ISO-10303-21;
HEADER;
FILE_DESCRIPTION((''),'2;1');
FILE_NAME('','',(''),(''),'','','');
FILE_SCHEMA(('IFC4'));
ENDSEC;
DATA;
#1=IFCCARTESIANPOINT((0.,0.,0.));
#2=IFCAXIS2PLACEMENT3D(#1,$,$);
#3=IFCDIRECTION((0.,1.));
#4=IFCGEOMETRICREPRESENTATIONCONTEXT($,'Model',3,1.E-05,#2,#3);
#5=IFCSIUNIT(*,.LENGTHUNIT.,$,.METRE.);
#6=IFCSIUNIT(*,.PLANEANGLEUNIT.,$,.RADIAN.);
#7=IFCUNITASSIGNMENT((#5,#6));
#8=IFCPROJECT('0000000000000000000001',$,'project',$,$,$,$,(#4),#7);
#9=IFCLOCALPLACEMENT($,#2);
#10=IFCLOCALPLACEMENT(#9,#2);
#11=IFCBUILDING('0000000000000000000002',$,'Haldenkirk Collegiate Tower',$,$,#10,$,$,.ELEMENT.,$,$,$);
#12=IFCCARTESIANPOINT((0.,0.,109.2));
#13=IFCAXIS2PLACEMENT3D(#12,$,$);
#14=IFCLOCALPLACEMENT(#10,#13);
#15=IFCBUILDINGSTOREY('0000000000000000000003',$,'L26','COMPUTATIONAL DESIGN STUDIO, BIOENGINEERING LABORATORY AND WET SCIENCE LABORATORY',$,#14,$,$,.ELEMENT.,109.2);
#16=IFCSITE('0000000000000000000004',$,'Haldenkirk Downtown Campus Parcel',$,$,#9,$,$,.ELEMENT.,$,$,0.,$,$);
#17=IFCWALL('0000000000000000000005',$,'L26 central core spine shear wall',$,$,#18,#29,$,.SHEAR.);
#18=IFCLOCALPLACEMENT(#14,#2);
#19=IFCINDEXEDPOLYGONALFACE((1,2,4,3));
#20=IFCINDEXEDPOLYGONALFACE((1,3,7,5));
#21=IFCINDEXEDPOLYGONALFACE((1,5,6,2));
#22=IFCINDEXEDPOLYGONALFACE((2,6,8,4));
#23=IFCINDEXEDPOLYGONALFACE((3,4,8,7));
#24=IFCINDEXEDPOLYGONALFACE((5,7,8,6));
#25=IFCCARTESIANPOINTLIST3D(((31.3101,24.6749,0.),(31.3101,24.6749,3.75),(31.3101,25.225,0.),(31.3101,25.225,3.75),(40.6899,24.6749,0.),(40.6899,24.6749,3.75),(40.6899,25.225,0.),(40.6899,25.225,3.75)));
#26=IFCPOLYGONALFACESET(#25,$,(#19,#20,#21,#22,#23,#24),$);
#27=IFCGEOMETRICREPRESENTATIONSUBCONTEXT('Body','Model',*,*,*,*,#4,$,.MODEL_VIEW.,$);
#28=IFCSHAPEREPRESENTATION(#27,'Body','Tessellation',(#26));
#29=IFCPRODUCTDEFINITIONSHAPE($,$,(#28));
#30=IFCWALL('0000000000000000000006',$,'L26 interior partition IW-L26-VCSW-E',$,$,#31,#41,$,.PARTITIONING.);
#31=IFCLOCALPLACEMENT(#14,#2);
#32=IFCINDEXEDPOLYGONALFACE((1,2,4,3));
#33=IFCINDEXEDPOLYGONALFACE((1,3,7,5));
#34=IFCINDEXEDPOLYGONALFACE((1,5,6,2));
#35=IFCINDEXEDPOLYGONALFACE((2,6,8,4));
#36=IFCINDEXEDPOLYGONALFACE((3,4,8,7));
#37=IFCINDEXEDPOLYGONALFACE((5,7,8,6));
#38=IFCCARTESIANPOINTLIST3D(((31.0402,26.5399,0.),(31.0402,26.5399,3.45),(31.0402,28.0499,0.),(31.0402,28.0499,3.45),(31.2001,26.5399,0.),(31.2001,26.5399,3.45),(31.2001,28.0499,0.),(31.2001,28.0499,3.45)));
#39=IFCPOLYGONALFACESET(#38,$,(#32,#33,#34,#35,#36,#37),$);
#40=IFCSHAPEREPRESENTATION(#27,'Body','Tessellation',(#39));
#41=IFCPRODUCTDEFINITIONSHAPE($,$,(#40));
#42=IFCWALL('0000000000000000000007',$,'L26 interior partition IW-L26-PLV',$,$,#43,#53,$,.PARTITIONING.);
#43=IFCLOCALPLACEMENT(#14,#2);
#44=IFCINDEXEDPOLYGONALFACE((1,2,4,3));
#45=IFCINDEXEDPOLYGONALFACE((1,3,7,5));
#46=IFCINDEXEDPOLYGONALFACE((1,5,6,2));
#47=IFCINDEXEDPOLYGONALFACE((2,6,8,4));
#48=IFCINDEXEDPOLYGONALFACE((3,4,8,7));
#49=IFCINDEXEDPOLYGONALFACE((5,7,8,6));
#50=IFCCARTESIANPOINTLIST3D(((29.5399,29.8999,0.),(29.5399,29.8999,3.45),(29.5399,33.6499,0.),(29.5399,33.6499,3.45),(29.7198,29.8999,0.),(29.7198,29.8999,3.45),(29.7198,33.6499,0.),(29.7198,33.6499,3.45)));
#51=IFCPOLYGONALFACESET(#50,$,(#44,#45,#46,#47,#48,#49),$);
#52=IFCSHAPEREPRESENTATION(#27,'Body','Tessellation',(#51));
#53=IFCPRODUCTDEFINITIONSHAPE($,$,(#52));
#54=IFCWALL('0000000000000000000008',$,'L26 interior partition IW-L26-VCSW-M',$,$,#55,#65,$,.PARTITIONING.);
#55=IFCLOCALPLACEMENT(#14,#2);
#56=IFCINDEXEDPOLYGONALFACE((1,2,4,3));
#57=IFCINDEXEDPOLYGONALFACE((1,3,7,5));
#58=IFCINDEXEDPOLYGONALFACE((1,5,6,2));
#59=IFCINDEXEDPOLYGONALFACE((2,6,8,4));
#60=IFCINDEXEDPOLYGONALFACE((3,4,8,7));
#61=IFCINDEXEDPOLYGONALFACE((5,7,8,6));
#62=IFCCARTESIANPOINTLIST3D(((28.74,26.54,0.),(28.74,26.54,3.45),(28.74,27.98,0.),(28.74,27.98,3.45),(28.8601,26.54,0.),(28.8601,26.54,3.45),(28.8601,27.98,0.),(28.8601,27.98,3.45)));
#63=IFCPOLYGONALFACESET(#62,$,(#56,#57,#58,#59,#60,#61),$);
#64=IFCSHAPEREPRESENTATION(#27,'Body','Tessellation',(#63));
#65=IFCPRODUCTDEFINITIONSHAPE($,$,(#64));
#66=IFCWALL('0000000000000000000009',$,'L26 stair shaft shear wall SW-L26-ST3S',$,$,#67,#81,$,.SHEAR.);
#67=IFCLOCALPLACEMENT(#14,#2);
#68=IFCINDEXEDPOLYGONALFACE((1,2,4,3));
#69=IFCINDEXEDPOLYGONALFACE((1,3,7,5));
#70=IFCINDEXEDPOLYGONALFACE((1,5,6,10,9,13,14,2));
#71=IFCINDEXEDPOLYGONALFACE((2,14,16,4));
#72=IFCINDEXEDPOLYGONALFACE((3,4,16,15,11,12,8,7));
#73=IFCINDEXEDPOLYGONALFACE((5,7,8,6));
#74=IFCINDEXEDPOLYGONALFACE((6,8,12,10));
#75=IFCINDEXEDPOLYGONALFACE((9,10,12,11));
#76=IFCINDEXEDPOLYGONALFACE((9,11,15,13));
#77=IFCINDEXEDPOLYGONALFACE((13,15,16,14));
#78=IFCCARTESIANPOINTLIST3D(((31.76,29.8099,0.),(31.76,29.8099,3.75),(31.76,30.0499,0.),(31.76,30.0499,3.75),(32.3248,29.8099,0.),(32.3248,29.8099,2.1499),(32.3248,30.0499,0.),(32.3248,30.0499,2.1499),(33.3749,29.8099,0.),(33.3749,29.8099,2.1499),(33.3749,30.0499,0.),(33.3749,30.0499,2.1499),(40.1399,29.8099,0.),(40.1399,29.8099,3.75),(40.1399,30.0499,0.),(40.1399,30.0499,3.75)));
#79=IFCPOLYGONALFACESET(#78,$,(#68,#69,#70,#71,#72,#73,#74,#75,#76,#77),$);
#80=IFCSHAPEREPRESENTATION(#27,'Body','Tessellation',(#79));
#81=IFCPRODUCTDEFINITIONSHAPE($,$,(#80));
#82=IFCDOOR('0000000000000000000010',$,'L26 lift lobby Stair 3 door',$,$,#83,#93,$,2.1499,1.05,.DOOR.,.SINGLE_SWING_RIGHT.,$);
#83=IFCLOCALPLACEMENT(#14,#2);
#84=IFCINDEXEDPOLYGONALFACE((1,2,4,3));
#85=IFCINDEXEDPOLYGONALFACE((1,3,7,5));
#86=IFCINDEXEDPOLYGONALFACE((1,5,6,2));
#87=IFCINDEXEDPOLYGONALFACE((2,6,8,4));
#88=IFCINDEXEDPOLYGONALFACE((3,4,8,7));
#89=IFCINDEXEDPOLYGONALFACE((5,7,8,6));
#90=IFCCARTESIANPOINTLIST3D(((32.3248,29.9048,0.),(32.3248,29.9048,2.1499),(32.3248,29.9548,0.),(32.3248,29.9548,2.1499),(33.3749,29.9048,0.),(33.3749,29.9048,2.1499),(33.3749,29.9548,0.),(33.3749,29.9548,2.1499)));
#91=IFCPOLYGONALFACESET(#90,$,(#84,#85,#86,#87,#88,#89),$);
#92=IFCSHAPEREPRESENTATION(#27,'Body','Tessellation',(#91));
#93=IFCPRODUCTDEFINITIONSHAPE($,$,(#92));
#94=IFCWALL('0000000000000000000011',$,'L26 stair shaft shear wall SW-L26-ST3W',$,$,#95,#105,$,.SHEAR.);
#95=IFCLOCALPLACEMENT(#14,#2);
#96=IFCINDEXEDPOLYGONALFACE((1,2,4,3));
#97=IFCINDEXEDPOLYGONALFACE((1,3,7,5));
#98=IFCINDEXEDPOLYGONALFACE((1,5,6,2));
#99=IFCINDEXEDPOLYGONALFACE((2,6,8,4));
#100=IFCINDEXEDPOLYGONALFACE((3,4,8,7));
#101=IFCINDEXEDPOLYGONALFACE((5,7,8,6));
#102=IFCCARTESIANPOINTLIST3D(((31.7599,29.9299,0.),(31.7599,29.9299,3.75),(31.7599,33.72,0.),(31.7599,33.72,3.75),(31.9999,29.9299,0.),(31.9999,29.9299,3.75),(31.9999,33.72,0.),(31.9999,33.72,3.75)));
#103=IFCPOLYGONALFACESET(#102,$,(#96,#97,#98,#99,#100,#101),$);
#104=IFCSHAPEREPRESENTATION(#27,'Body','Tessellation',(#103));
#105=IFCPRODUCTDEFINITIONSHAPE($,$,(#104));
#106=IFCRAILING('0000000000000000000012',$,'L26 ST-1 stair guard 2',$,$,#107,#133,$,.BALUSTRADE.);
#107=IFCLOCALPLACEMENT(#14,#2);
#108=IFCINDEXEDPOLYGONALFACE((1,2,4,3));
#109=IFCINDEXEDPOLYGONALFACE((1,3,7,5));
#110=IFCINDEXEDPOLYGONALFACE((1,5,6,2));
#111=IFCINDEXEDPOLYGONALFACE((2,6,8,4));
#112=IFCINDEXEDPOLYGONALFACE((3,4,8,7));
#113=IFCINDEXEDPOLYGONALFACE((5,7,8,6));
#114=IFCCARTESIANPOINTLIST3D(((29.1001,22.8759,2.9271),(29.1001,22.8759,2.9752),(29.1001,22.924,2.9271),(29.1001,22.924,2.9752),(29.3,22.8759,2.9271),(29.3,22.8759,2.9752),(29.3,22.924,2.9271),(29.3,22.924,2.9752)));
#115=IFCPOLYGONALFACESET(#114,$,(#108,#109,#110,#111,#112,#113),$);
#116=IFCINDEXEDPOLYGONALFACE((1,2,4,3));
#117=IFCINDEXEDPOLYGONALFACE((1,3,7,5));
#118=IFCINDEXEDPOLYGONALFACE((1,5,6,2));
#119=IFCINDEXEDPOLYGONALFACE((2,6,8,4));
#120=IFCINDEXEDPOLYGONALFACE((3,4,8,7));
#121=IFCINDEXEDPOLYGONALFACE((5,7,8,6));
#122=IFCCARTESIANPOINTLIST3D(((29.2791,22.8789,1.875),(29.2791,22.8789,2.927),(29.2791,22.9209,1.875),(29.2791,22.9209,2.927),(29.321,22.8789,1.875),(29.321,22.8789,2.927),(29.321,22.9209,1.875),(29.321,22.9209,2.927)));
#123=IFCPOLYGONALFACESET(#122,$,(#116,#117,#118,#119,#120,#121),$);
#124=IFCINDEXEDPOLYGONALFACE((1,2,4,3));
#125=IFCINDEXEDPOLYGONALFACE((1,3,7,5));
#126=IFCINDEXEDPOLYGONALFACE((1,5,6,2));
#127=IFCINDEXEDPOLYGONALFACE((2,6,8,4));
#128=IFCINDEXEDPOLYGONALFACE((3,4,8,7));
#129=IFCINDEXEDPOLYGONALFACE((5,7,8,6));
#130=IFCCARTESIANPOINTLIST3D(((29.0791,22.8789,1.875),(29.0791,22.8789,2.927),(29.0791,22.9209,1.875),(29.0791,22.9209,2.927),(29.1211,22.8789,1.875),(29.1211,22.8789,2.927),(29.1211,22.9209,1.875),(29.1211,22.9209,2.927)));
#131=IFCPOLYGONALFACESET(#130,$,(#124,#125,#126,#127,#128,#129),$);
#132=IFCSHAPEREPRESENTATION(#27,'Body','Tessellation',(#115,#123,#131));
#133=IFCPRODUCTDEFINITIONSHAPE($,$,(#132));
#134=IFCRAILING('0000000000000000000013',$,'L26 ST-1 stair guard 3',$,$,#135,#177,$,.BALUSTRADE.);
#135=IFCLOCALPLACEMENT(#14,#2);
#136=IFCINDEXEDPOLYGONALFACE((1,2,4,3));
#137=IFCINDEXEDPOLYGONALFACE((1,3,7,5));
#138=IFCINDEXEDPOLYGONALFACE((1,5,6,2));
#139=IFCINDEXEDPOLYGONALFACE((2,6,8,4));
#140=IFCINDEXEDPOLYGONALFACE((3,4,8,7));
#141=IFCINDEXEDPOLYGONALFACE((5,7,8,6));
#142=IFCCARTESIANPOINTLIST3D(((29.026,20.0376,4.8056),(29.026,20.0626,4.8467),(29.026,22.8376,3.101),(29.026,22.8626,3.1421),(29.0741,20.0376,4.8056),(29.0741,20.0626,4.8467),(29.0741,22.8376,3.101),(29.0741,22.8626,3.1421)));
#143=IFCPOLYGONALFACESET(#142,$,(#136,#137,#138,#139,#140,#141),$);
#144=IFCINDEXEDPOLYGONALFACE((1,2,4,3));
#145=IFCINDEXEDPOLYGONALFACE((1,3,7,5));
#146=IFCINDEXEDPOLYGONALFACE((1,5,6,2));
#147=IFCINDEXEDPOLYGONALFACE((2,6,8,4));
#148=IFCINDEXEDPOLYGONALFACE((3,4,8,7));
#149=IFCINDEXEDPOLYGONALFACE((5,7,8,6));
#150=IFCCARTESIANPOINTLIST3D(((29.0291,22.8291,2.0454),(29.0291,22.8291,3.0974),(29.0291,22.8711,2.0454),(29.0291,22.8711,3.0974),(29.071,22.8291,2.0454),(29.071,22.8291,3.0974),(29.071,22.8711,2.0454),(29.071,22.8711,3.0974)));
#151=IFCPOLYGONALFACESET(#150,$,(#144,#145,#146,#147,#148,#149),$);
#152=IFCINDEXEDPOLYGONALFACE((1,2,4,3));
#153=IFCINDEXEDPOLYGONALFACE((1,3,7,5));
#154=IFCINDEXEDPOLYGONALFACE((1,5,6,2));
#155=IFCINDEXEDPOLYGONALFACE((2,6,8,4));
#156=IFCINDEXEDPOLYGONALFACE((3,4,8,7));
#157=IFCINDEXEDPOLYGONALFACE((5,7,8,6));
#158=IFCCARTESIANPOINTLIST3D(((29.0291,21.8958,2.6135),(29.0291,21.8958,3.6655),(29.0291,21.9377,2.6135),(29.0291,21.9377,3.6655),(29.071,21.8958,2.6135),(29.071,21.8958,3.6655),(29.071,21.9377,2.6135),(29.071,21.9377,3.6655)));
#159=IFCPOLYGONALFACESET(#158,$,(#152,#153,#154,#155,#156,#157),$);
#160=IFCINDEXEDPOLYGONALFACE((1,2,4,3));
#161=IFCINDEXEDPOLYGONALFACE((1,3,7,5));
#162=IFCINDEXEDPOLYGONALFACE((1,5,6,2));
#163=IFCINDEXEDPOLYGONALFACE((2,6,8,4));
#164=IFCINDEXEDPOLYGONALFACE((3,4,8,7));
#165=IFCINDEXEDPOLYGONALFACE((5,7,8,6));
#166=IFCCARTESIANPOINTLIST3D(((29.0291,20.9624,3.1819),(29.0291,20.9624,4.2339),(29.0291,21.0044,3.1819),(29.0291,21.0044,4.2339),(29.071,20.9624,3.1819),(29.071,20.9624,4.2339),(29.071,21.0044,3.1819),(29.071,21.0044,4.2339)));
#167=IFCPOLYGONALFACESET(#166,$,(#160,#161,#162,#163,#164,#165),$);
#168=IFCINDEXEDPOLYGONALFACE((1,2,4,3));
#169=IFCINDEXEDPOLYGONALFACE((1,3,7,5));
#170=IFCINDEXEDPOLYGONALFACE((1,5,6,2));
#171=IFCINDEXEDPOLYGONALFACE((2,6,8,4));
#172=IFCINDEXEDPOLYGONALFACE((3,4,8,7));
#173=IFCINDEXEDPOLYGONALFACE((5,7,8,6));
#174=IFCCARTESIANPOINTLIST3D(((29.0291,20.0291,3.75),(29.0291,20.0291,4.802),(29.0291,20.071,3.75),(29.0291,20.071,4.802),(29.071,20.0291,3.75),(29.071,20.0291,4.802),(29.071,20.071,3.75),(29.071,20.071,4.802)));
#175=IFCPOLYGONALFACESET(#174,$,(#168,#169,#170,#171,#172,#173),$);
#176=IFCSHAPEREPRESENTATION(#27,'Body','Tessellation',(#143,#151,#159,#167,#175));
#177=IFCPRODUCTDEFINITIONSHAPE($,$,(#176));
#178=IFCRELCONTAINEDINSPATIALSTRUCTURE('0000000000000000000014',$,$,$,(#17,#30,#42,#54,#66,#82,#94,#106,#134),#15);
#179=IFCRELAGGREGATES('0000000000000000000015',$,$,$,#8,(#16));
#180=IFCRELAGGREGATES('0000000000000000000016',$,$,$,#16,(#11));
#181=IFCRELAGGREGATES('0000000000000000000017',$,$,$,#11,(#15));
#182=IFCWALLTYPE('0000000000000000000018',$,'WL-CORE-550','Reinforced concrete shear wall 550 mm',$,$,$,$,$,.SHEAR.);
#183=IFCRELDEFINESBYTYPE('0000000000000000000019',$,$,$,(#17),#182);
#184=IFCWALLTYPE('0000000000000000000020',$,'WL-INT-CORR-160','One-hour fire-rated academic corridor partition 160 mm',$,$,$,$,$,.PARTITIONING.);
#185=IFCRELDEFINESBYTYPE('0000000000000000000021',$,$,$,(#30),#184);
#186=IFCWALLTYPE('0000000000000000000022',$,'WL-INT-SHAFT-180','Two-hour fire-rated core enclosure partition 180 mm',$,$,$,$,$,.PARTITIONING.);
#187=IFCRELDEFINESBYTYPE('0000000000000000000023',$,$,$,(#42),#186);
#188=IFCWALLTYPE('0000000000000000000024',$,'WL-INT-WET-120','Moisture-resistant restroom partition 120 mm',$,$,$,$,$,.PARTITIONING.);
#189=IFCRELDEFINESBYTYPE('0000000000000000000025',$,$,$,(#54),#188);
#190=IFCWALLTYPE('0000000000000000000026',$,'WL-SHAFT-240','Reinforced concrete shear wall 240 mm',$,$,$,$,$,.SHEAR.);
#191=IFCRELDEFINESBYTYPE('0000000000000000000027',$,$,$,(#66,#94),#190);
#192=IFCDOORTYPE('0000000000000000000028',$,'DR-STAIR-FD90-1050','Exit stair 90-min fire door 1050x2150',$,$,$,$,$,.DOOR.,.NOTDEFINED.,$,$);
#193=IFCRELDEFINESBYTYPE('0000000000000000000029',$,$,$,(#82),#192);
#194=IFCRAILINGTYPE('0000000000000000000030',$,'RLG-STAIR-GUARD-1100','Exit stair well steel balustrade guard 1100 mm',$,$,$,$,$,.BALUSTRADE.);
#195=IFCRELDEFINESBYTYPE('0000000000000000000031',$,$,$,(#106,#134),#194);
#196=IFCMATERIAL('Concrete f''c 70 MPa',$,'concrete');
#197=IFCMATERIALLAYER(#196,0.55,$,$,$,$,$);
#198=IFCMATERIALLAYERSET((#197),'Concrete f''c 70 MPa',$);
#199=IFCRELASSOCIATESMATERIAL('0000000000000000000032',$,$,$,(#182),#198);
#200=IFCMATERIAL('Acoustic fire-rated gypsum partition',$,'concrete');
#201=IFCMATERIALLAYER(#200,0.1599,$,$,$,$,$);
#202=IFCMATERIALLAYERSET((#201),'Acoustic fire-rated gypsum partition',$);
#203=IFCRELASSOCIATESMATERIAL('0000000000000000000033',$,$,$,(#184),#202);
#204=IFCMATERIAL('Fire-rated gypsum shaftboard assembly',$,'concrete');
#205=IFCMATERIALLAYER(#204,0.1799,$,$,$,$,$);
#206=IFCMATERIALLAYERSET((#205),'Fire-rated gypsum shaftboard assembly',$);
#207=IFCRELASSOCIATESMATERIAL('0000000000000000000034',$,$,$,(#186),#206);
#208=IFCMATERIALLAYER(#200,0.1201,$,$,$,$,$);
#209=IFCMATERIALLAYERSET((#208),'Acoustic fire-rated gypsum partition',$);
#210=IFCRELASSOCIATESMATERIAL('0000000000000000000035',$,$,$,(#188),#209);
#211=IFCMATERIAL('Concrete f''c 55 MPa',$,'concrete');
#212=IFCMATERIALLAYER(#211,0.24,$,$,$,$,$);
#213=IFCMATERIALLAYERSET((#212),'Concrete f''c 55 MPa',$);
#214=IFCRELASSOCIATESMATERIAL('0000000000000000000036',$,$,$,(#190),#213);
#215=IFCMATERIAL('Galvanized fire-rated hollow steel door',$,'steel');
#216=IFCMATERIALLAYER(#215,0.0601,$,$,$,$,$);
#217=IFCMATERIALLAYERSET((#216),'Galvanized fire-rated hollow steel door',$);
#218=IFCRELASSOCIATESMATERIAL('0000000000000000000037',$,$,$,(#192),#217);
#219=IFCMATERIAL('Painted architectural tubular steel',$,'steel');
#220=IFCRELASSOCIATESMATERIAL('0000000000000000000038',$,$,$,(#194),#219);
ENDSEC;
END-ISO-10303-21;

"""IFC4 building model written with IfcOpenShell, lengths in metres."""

from ifc_helpers import new_model, si_unit, direction, frame, frame_2d, origin, origin_2d, place, context, subcontext, project, spatial, rectangle, extrude, material, layer, layer_set, type_object, element, fill, save


model = new_model("IFC4")

# Units and contexts
model_context = context("Model", 3, precision=1e-05, world=origin(), true_north=direction((0.0, 1.0)))
body_context = subcontext(model_context, "Body", "Model", "MODEL_VIEW")
ifc_project = project(units=[si_unit("LENGTHUNIT", "METRE"), si_unit("PLANEANGLEUNIT", "RADIAN")], contexts=[model_context])

# Site, building, storey
site_placement = place(None, origin())
site = spatial("IfcSite", under=ifc_project, at=site_placement, Name="Haldenkirk Downtown Campus Parcel", CompositionType="ELEMENT", RefElevation=0.0)
building_placement = place(site_placement, origin())
building = spatial("IfcBuilding", under=site, at=building_placement, Name="Haldenkirk Collegiate Tower", CompositionType="ELEMENT")
storey_placement = place(building_placement, frame((0.0, 0.0, 109.2)))
storey = spatial("IfcBuildingStorey", under=building, at=storey_placement, Name="L26", Description="COMPUTATIONAL DESIGN STUDIO, BIOENGINEERING LABORATORY AND WET SCIENCE LABORATORY", CompositionType="ELEMENT", Elevation=109.2)

# Walls
ifc_material_1 = material(Name="Concrete f'c 70 MPa", Category="concrete")
ifc_layer_1 = layer(ifc_material_1, 0.55)
ifc_layer_set_1 = layer_set([ifc_layer_1], Name="Concrete f'c 70 MPa")
wall_type_1 = type_object("IfcWallType", Name="WL-CORE-550", Description="Reinforced concrete shear wall 550 mm", PredefinedType="SHEAR", material=ifc_layer_set_1)
wall_1_placement = place(storey_placement, frame((31.3101, 24.95, 0.0), z_axis=(0.0, 0.0, 1.0), x_axis=(1.0, 0.0, 0.0)))
element("IfcWall", 1, at=wall_1_placement, inside=storey, type_object=wall_type_1, Name="L26 central core spine shear wall", PredefinedType="SHEAR", context=body_context, shape_type="SweptSolid", body=[
    extrude(rectangle(XDim=9.3799, YDim=0.55, at=frame_2d((4.6899, 0.0))), origin(), (0.0, 0.0, 1.0), 3.75),
])
ifc_material_2 = material(Name="Acoustic fire-rated gypsum partition", Category="concrete")
ifc_layer_2 = layer(ifc_material_2, 0.1599)
ifc_layer_set_2 = layer_set([ifc_layer_2], Name="Acoustic fire-rated gypsum partition")
wall_type_2 = type_object("IfcWallType", Name="WL-INT-CORR-160", Description="One-hour fire-rated academic corridor partition 160 mm", PredefinedType="PARTITIONING", material=ifc_layer_set_2)
wall_2_placement = place(storey_placement, frame((31.1201, 26.54, 0.0), z_axis=(0.0, 0.0, 1.0), x_axis=(0.0, 1.0, 0.0)))
element("IfcWall", 2, at=wall_2_placement, inside=storey, type_object=wall_type_2, Name="L26 interior partition IW-L26-VCSW-E", PredefinedType="PARTITIONING", context=body_context, shape_type="SweptSolid", body=[
    extrude(rectangle(XDim=1.51, YDim=0.1599, at=frame_2d((0.7549, 0.0))), origin(), (0.0, 0.0, 1.0), 3.45),
])
ifc_material_3 = material(Name="Fire-rated gypsum shaftboard assembly", Category="concrete")
ifc_layer_3 = layer(ifc_material_3, 0.1799)
ifc_layer_set_3 = layer_set([ifc_layer_3], Name="Fire-rated gypsum shaftboard assembly")
wall_type_3 = type_object("IfcWallType", Name="WL-INT-SHAFT-180", Description="Two-hour fire-rated core enclosure partition 180 mm", PredefinedType="PARTITIONING", material=ifc_layer_set_3)
wall_3_placement = place(storey_placement, frame((29.6299, 29.8999, 0.0), z_axis=(0.0, 0.0, 1.0), x_axis=(0.0, 1.0, 0.0)))
element("IfcWall", 3, at=wall_3_placement, inside=storey, type_object=wall_type_3, Name="L26 interior partition IW-L26-PLV", PredefinedType="PARTITIONING", context=body_context, shape_type="SweptSolid", body=[
    extrude(rectangle(XDim=3.75, YDim=0.1799, at=frame_2d((1.875, 0.0))), origin(), (0.0, 0.0, 1.0), 3.45),
])

# Shared definitions
ifc_material_4 = material(Name="Galvanized fire-rated hollow steel door", Category="steel")

# Wall
ifc_layer_4 = layer(ifc_material_2, 0.1201)
ifc_layer_set_4 = layer_set([ifc_layer_4], Name="Acoustic fire-rated gypsum partition")
wall_type_4 = type_object("IfcWallType", Name="WL-INT-WET-120", Description="Moisture-resistant restroom partition 120 mm", PredefinedType="PARTITIONING", material=ifc_layer_set_4)
wall_4_placement = place(storey_placement, frame((28.8, 26.54, 0.0), z_axis=(0.0, 0.0, 1.0), x_axis=(0.0, 1.0, 0.0)))
element("IfcWall", 4, at=wall_4_placement, inside=storey, type_object=wall_type_4, Name="L26 interior partition IW-L26-VCSW-M", PredefinedType="PARTITIONING", context=body_context, shape_type="SweptSolid", body=[
    extrude(rectangle(XDim=1.4399, YDim=0.1201, at=frame_2d((0.72, 0.0))), origin(), (0.0, 0.0, 1.0), 3.45),
])

# Wall, opening, door
ifc_material_5 = material(Name="Concrete f'c 55 MPa", Category="concrete")
ifc_layer_5 = layer(ifc_material_5, 0.24)
ifc_layer_set_5 = layer_set([ifc_layer_5], Name="Concrete f'c 55 MPa")
wall_type_5 = type_object("IfcWallType", Name="WL-SHAFT-240", Description="Reinforced concrete shear wall 240 mm", PredefinedType="SHEAR", material=ifc_layer_set_5)
wall_5_placement = place(storey_placement, frame((31.76, 29.9299, 0.0), z_axis=(0.0, 0.0, 1.0), x_axis=(1.0, 0.0, 0.0)))
wall_5 = element("IfcWall", 5, at=wall_5_placement, inside=storey, type_object=wall_type_5, Name="L26 stair shaft shear wall SW-L26-ST3S", PredefinedType="SHEAR", context=body_context, shape_type="SweptSolid", body=[
    extrude(rectangle(XDim=8.3799, YDim=0.24, at=frame_2d((4.1899, 0.0))), origin(), (0.0, 0.0, 1.0), 3.75),
])
opening_1_placement = place(wall_5_placement, frame((0.5649, 0.0, 0.0)))
opening_1 = element("IfcOpeningElement", 6, at=opening_1_placement, cuts=wall_5, PredefinedType="OPENING", context=body_context, shape_type="SweptSolid", body=[
    extrude(rectangle(XDim=1.05, YDim=2.1499, at=frame_2d((0.5249, 1.075))), frame((0.0, 0.1299, 0.0), z_axis=(0.0, -1.0, 0.0), x_axis=(1.0, 0.0, 0.0)), (0.0, 0.0, 1.0), 0.26),
])
ifc_layer_6 = layer(ifc_material_4, 0.0601)
ifc_layer_set_6 = layer_set([ifc_layer_6], Name="Galvanized fire-rated hollow steel door")
door_type_1 = type_object("IfcDoorType", Name="DR-STAIR-FD90-1050", Description="Exit stair 90-min fire door 1050x2150", OperationType="NOTDEFINED", PredefinedType="DOOR", material=ifc_layer_set_6)
door_1_placement = place(opening_1_placement, origin())
door_1 = element("IfcDoor", 7, at=door_1_placement, inside=storey, type_object=door_type_1, Name="L26 lift lobby Stair 3 door", OperationType="SINGLE_SWING_RIGHT", OverallHeight=2.1499, OverallWidth=1.05, PredefinedType="DOOR", context=body_context, shape_type="SweptSolid", body=[
    extrude(rectangle(XDim=1.05, YDim=2.1499, at=frame_2d((0.5249, 1.075))), frame((0.0, 0.0249, 0.0), z_axis=(0.0, -1.0, 0.0), x_axis=(1.0, 0.0, 0.0)), (0.0, 0.0, 1.0), 0.05),
])
fill(opening_1, door_1)

# Wall
wall_6_placement = place(storey_placement, frame((31.8799, 29.9299, 0.0), z_axis=(0.0, 0.0, 1.0), x_axis=(0.0, 1.0, 0.0)))
element("IfcWall", 8, at=wall_6_placement, inside=storey, type_object=wall_type_5, Name="L26 stair shaft shear wall SW-L26-ST3W", PredefinedType="SHEAR", context=body_context, shape_type="SweptSolid", body=[
    extrude(rectangle(XDim=3.79, YDim=0.24, at=frame_2d((1.895, 0.0))), origin(), (0.0, 0.0, 1.0), 3.75),
])

# Railings
ifc_material_6 = material(Name="Painted architectural tubular steel", Category="steel")
railing_type = type_object("IfcRailingType", Name="RLG-STAIR-GUARD-1100", Description="Exit stair well steel balustrade guard 1100 mm", PredefinedType="BALUSTRADE", material=ifc_material_6)
railing_1_placement = place(storey_placement, frame((29.3, 22.8999, 1.875)))
element("IfcRailing", 9, at=railing_1_placement, inside=storey, type_object=railing_type, Name="L26 ST-1 stair guard 2", PredefinedType="BALUSTRADE", context=body_context, shape_type="SweptSolid", body=[
    extrude(rectangle(XDim=0.0481, YDim=0.0481, at=origin_2d()), frame((0.0, 0.0, 1.0762), z_axis=(-1.0, 0.0, 0.0), x_axis=(0.0, -1.0, 0.0)), (0.0, 0.0, 1.0), 0.2),
    extrude(rectangle(XDim=0.042, YDim=0.042, at=origin_2d()), origin(), (0.0, 0.0, 1.0), 1.052),
    extrude(rectangle(XDim=0.042, YDim=0.042, at=origin_2d()), frame((-0.2, 0.0, 0.0)), (0.0, 0.0, 1.0), 1.052),
])
railing_2_placement = place(storey_placement, frame((29.05, 22.8501, 2.0454)))
element("IfcRailing", 10, at=railing_2_placement, inside=storey, type_object=railing_type, Name="L26 ST-1 stair guard 3", PredefinedType="BALUSTRADE", context=body_context, shape_type="SweptSolid", body=[
    extrude(rectangle(XDim=0.0481, YDim=0.0481, at=origin_2d()), frame((0.0, 0.0, 1.0762), z_axis=(0.0, -0.85417, 0.519994), x_axis=(1.0, 0.0, 0.0)), (0.0, 0.0, 1.0), 3.2781),
    extrude(rectangle(XDim=0.042, YDim=0.042, at=origin_2d()), origin(), (0.0, 0.0, 1.0), 1.052),
    extrude(rectangle(XDim=0.042, YDim=0.042, at=origin_2d()), frame((0.0, -0.9333, 0.5681)), (0.0, 0.0, 1.0), 1.052),
    extrude(rectangle(XDim=0.042, YDim=0.042, at=origin_2d()), frame((0.0, -1.8667, 1.1365)), (0.0, 0.0, 1.0), 1.052),
    extrude(rectangle(XDim=0.042, YDim=0.042, at=origin_2d()), frame((0.0, -2.8, 1.7046)), (0.0, 0.0, 1.0), 1.052),
])

save(model, "model.ifc")
